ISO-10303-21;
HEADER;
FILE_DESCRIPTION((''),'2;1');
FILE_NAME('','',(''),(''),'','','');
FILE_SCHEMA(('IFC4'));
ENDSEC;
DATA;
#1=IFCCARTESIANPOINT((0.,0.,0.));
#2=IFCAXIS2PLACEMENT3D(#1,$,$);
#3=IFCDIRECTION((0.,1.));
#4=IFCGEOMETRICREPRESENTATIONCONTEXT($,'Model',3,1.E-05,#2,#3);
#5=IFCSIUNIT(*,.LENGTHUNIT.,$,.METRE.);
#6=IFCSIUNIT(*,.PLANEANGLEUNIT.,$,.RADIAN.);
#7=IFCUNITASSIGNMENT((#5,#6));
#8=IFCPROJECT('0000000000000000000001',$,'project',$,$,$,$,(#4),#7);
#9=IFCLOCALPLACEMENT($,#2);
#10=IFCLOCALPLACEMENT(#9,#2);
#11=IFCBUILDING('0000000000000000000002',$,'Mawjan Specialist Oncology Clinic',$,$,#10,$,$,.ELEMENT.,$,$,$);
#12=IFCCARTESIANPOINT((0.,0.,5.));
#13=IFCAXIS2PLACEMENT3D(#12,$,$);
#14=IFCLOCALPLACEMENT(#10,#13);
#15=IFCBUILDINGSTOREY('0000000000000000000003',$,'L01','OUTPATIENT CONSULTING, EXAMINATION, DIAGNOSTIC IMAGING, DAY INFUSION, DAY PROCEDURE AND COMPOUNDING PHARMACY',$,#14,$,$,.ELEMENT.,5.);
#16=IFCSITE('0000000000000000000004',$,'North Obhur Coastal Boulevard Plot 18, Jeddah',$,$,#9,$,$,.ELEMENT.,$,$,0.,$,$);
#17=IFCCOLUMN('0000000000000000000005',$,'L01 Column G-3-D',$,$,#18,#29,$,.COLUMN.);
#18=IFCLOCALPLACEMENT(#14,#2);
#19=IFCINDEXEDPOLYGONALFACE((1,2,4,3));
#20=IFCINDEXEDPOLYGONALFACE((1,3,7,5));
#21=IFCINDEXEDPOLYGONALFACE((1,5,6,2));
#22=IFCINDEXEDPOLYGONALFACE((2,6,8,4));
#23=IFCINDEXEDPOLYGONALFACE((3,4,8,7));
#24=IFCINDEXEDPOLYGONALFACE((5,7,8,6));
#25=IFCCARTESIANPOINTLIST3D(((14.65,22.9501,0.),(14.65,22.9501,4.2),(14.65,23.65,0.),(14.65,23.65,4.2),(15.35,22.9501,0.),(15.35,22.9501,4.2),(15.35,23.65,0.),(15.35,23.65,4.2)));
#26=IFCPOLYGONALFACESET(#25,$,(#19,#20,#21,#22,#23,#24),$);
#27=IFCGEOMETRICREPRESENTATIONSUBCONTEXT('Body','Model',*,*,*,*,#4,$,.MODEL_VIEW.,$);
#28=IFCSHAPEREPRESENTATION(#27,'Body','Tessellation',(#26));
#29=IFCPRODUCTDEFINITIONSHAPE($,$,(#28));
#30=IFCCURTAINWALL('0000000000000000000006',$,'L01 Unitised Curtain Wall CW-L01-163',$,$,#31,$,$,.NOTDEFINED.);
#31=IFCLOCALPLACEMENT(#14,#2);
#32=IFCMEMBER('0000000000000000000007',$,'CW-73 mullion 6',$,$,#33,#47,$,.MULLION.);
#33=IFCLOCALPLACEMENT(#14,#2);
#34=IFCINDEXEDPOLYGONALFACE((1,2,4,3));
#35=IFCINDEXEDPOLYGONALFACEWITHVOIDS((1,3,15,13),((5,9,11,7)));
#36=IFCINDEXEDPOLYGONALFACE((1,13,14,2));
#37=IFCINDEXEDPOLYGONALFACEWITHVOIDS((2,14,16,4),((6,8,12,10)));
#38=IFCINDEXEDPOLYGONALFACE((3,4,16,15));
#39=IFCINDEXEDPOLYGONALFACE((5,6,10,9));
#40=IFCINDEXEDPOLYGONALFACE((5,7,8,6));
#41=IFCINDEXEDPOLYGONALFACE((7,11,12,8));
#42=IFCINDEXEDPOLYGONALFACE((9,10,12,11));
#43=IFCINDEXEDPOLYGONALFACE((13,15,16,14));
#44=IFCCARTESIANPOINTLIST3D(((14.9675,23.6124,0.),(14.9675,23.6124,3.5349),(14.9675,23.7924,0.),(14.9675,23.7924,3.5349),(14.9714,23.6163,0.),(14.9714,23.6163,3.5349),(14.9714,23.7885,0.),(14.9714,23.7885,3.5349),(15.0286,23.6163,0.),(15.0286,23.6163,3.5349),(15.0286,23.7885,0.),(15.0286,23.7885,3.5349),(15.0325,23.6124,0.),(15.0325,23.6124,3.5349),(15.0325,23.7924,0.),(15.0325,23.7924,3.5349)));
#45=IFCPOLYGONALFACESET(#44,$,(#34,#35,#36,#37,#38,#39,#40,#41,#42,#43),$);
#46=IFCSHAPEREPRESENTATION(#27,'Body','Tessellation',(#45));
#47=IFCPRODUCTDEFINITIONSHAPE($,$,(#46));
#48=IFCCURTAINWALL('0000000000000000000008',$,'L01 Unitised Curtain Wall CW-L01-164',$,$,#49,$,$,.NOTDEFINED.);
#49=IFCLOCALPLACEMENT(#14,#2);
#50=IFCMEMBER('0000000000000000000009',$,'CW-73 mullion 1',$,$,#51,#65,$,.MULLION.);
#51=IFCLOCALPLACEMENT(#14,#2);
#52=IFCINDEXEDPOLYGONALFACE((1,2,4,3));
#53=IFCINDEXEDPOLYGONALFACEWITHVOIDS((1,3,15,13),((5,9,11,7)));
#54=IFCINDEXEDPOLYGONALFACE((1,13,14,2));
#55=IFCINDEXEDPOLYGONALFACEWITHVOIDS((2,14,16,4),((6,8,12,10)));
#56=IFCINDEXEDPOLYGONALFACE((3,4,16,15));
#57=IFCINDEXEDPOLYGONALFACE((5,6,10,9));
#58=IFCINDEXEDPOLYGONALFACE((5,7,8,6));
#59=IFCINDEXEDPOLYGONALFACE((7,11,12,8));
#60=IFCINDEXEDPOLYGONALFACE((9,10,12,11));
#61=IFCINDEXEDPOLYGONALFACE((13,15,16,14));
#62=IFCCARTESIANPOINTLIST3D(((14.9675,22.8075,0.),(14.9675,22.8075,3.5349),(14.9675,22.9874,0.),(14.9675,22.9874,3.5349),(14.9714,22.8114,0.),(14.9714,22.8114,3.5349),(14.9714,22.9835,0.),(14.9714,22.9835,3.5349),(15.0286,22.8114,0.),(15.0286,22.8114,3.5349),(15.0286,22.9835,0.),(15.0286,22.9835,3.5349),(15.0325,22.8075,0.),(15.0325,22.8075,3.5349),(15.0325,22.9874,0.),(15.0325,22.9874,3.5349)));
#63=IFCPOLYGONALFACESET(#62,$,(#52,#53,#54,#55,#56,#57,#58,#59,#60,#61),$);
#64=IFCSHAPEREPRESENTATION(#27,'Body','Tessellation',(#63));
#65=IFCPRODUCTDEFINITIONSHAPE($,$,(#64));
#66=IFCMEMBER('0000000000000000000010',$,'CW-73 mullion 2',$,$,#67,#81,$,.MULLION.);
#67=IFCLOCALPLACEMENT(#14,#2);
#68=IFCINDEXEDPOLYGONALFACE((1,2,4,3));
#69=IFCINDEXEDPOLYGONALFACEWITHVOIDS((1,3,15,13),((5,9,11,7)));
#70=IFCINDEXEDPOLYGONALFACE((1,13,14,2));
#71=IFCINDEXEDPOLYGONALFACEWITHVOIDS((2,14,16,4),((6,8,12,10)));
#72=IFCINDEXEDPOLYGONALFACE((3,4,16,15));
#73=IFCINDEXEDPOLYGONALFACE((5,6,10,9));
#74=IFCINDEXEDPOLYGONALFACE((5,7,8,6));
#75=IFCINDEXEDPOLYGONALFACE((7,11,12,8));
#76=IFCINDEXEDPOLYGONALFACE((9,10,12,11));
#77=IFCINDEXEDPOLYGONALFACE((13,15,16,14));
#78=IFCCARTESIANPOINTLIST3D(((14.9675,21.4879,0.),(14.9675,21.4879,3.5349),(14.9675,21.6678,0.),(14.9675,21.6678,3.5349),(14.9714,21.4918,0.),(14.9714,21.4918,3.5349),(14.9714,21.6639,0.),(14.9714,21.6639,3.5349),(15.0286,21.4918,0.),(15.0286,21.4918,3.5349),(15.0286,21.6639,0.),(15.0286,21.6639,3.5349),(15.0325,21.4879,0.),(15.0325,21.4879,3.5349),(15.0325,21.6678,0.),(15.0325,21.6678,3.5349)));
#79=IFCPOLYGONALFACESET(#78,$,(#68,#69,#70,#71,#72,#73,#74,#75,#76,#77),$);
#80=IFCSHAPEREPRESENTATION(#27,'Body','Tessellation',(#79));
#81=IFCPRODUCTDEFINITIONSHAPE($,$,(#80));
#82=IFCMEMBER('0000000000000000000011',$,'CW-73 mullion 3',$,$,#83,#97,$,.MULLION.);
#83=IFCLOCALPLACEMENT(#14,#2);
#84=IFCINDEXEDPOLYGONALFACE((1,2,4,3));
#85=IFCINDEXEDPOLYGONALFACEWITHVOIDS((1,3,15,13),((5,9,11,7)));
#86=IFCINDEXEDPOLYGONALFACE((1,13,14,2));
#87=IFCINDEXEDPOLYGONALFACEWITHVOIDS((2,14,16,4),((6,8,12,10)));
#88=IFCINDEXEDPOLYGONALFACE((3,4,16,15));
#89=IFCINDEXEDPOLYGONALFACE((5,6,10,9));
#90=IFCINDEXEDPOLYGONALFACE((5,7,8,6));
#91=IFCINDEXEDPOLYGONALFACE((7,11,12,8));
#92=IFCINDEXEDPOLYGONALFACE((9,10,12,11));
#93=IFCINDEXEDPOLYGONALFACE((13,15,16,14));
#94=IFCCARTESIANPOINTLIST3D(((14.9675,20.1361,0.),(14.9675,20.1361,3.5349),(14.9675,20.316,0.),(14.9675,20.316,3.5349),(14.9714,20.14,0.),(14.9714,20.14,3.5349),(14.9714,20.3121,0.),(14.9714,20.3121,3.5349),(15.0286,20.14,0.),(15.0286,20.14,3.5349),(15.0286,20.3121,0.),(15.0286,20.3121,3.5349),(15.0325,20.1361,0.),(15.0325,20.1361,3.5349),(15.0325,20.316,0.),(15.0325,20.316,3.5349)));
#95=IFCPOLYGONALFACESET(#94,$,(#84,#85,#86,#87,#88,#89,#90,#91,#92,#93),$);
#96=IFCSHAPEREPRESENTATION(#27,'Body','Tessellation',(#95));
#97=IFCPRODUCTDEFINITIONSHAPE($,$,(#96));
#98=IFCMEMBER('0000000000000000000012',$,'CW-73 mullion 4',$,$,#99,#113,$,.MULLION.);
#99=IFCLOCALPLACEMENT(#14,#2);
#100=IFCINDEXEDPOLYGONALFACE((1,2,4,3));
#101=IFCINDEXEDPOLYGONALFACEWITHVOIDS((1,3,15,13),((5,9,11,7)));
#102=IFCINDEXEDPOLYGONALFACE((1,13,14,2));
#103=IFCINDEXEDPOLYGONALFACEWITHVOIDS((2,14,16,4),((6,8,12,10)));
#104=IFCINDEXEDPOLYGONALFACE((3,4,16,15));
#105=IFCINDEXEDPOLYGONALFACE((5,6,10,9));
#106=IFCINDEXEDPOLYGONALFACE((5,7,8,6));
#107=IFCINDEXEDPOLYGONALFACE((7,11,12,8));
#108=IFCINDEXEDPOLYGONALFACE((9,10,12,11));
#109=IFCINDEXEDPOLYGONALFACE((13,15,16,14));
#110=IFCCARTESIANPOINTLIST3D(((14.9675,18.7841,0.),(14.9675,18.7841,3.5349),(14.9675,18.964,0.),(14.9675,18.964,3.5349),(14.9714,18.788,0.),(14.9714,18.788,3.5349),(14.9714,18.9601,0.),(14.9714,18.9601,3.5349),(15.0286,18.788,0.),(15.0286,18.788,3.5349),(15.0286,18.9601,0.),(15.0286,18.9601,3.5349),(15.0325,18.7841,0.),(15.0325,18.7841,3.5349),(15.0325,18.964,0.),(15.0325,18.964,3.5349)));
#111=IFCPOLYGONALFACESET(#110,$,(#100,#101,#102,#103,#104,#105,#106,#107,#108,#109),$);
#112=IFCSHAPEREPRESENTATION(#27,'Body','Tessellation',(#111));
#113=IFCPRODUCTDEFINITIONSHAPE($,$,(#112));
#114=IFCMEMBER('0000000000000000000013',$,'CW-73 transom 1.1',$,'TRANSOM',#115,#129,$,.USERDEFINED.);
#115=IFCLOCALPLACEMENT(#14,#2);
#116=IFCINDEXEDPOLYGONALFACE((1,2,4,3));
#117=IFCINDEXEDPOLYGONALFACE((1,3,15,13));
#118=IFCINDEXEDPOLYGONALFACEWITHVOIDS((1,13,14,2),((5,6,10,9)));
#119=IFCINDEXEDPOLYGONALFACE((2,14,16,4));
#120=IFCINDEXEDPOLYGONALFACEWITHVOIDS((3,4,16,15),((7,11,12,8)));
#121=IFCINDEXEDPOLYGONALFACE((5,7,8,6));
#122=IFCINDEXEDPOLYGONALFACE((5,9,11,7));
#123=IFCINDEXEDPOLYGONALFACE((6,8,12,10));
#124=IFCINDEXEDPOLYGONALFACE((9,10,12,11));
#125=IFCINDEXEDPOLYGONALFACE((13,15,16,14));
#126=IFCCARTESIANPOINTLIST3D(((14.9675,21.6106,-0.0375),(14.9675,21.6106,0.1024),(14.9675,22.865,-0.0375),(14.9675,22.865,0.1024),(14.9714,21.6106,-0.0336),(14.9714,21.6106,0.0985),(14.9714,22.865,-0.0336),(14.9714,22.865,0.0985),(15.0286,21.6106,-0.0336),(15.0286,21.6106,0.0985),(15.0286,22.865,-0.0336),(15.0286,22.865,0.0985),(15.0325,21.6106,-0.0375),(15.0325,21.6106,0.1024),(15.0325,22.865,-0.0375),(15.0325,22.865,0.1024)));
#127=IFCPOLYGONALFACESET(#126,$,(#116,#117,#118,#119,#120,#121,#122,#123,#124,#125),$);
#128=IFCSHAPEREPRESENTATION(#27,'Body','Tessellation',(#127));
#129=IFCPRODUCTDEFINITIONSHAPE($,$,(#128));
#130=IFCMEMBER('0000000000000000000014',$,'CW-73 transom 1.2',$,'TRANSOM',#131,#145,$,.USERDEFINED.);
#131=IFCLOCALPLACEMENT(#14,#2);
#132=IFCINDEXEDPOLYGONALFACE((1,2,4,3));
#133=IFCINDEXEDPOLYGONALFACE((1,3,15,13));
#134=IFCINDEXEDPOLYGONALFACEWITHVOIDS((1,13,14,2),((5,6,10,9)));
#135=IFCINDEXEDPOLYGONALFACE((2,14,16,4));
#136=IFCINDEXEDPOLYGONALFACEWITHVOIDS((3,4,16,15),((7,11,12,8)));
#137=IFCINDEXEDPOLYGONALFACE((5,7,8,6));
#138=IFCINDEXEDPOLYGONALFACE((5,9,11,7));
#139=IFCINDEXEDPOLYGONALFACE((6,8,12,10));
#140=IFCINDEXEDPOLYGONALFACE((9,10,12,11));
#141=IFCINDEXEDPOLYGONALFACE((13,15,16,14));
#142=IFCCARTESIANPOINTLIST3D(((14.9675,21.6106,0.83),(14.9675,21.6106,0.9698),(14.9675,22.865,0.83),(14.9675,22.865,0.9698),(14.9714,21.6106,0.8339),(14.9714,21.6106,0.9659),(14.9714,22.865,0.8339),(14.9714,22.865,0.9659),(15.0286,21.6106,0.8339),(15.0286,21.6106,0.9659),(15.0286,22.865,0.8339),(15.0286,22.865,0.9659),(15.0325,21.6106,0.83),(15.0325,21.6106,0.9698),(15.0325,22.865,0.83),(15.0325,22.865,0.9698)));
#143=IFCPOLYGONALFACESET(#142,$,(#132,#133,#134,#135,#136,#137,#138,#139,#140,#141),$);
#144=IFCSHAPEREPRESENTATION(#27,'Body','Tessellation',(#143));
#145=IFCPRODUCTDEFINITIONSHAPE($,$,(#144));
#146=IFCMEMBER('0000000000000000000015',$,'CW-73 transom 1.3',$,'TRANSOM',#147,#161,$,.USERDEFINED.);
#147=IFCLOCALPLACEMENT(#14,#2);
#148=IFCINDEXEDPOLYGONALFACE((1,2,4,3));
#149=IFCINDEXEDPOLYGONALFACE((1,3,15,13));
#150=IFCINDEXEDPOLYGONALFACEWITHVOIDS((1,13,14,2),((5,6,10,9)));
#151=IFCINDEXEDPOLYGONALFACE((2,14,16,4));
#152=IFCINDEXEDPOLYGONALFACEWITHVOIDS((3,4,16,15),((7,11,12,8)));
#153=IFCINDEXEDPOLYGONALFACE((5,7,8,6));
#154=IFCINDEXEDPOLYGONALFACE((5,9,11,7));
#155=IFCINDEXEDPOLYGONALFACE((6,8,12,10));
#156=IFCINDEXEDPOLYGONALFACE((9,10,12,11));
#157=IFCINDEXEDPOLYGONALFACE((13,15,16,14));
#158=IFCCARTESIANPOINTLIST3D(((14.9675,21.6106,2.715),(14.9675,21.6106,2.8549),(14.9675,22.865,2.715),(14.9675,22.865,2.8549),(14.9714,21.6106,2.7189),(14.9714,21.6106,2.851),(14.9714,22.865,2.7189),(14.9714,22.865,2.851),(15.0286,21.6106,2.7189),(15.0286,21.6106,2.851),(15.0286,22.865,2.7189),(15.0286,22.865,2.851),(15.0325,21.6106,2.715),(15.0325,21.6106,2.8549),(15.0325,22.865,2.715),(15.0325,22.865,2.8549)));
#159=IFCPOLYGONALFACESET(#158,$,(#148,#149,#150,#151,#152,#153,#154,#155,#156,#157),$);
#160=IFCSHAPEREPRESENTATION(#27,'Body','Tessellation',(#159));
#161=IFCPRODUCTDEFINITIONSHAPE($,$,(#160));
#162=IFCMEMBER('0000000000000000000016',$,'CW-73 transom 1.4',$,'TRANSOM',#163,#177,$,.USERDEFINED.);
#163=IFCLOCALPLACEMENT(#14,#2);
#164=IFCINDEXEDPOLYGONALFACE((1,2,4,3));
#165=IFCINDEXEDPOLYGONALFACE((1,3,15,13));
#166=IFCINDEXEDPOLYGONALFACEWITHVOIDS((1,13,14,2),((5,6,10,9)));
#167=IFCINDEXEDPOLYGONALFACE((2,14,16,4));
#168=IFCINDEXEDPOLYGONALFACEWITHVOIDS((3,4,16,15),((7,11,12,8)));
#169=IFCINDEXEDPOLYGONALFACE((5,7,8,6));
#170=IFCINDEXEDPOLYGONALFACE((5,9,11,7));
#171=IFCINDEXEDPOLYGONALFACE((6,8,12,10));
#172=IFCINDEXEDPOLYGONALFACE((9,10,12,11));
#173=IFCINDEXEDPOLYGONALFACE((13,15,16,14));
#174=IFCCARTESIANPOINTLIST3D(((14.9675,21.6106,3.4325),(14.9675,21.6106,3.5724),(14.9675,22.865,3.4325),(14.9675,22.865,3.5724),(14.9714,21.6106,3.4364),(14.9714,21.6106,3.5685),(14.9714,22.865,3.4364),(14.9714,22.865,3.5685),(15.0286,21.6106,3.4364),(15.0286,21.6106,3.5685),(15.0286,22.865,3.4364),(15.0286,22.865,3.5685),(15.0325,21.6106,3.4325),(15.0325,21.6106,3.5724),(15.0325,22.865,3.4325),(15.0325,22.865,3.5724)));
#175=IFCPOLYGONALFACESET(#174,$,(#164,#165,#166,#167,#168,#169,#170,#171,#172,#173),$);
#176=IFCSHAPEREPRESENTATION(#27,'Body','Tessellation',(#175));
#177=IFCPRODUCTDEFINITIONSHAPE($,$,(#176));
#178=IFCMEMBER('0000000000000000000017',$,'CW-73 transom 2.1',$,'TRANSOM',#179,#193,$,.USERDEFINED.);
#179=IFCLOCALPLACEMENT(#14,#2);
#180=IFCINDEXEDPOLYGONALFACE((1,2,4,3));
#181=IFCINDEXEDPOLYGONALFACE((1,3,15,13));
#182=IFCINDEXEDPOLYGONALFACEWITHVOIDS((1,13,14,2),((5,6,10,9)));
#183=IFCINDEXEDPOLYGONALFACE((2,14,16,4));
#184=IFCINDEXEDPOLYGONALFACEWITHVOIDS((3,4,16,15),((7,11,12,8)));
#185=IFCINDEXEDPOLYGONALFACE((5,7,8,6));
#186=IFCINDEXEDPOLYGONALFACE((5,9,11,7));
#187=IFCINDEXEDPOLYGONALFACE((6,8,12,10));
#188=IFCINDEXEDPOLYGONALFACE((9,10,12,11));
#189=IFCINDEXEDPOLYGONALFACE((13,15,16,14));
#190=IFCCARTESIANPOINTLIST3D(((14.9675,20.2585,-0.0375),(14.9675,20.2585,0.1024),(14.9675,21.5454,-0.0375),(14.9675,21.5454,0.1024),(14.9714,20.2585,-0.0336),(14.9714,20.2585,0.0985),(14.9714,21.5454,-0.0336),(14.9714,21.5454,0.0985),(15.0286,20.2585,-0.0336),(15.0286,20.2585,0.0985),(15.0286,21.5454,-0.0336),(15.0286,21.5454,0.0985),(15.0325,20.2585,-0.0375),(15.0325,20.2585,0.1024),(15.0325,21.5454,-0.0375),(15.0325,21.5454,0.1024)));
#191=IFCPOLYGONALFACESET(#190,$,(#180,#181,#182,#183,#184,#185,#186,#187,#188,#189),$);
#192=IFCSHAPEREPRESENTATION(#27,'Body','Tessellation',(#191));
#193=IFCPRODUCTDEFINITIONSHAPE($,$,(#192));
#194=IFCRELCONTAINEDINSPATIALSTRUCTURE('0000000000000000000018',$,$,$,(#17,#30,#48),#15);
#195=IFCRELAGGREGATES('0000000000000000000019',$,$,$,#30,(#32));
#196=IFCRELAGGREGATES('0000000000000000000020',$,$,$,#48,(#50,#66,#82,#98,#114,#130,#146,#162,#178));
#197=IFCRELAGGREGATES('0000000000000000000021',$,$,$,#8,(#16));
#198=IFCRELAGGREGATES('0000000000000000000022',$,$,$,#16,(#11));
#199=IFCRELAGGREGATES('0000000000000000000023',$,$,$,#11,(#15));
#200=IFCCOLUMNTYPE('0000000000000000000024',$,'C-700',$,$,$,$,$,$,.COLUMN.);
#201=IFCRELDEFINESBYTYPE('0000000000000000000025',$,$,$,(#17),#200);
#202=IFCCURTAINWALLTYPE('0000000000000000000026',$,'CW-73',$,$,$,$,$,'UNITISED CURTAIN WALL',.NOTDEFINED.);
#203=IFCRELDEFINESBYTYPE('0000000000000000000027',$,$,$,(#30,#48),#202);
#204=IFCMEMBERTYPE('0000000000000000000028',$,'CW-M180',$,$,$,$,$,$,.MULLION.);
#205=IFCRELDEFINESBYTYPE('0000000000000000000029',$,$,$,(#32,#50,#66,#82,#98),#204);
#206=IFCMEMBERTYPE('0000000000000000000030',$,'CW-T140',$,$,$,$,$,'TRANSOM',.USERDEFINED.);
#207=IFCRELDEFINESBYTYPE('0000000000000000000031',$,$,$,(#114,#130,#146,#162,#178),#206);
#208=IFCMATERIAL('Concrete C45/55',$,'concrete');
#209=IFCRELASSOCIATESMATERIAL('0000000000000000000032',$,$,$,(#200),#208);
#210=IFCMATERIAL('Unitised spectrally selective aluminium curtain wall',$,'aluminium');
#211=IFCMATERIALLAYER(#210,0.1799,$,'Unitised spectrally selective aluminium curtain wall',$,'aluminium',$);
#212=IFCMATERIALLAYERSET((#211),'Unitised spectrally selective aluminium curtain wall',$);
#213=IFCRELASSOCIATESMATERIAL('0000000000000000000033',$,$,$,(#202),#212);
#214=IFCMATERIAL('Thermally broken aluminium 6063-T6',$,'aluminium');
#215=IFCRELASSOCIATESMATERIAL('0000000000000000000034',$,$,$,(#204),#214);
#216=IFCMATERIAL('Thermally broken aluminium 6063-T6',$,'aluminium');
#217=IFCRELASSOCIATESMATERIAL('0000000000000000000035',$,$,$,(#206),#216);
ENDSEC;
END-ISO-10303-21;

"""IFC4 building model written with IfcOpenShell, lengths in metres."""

from ifc_helpers import new_model, si_unit, direction, frame, origin, origin_2d, place, context, subcontext, project, spatial, rectangle, hollow_rectangle, extrude, material, layer, layer_set, material_profile, profile_set, type_object, element, aggregate, save


model = new_model("IFC4")

# Units and contexts
model_context = context("Model", 3, precision=1e-05, world=origin(), true_north=direction((0.0, 1.0)))
body_context = subcontext(model_context, "Body", "Model", "MODEL_VIEW")
ifc_project = project(units=[si_unit("LENGTHUNIT", "METRE"), si_unit("PLANEANGLEUNIT", "RADIAN")], contexts=[model_context])

# Site, building, storey
site_placement = place(None, origin())
site = spatial("IfcSite", under=ifc_project, at=site_placement, Name="North Obhur Coastal Boulevard Plot 18, Jeddah", CompositionType="ELEMENT", RefElevation=0.0)
building_placement = place(site_placement, origin())
building = spatial("IfcBuilding", under=site, at=building_placement, Name="Mawjan Specialist Oncology Clinic", CompositionType="ELEMENT")
storey_placement = place(building_placement, frame((0.0, 0.0, 5.0)))
storey = spatial("IfcBuildingStorey", under=building, at=storey_placement, Name="L01", Description="OUTPATIENT CONSULTING, EXAMINATION, DIAGNOSTIC IMAGING, DAY INFUSION, DAY PROCEDURE AND COMPOUNDING PHARMACY", CompositionType="ELEMENT", Elevation=5.0)

# Column
ifc_material_1 = material(Name="Concrete C45/55", Category="concrete")
ifc_material_profile_1 = material_profile(ifc_material_1, rectangle(XDim=0.7, YDim=0.7, at=origin_2d()), Name="RC COL 700x700", Category="concrete")
ifc_profile_set_1 = profile_set([ifc_material_profile_1], Name="Concrete C45/55")
column_type = type_object("IfcColumnType", Name="C-700", PredefinedType="COLUMN", material=ifc_profile_set_1)
column_placement = place(storey_placement, frame((15.0, 23.3, 0.0), z_axis=(0.0, 0.0, 1.0), x_axis=(1.0, 0.0, 0.0)))
element("IfcColumn", 1, at=column_placement, inside=storey, type_object=column_type, Name="L01 Column G-3-D", PredefinedType="COLUMN", context=body_context, shape_type="SweptSolid", body=[
    extrude(rectangle(XDim=0.7, YDim=0.7, at=origin_2d()), origin(), (0.0, 0.0, 1.0), 4.2),
])

# Curtain wall, member
ifc_material_2 = material(Name="Unitised spectrally selective aluminium curtain wall", Category="aluminium")
ifc_layer_1 = layer(ifc_material_2, 0.1799, Name="Unitised spectrally selective aluminium curtain wall", Category="aluminium")
ifc_layer_set_1 = layer_set([ifc_layer_1], Name="Unitised spectrally selective aluminium curtain wall")
curtain_wall_type = type_object("IfcCurtainWallType", Name="CW-73", ElementType="UNITISED CURTAIN WALL", PredefinedType="NOTDEFINED", material=ifc_layer_set_1)
curtain_wall_1_placement = place(storey_placement, origin())
curtain_wall_1 = element("IfcCurtainWall", 2, at=curtain_wall_1_placement, inside=storey, type_object=curtain_wall_type, Name="L01 Unitised Curtain Wall CW-L01-163", PredefinedType="NOTDEFINED")
ifc_material_3 = material(Name="Thermally broken aluminium 6063-T6", Category="aluminium")
ifc_material_profile_2 = material_profile(ifc_material_3, hollow_rectangle(XDim=0.0649, YDim=0.1799, WallThickness=0.0039, at=origin_2d()), Name="ALU MULLION 180x65x4", Category="aluminium")
ifc_profile_set_2 = profile_set([ifc_material_profile_2], Name="Thermally broken aluminium 6063-T6")
member_type_1 = type_object("IfcMemberType", Name="CW-M180", PredefinedType="MULLION", material=ifc_profile_set_2)
member_1_placement = place(storey_placement, frame((15.0, 23.7024, 0.0), z_axis=(0.0, 0.0, 1.0), x_axis=(1.0, 0.0, 0.0)))
member_1 = element("IfcMember", 3, at=member_1_placement, type_object=member_type_1, Name="CW-73 mullion 6", PredefinedType="MULLION", context=body_context, shape_type="SweptSolid", body=[
    extrude(hollow_rectangle(XDim=0.0649, YDim=0.1799, WallThickness=0.0039, at=origin_2d()), origin(), (0.0, 0.0, 1.0), 3.5349),
])

# Curtain wall, members
curtain_wall_2_placement = place(storey_placement, origin())
curtain_wall_2 = element("IfcCurtainWall", 4, at=curtain_wall_2_placement, inside=storey, type_object=curtain_wall_type, Name="L01 Unitised Curtain Wall CW-L01-164", PredefinedType="NOTDEFINED")
member_2_placement = place(storey_placement, frame((15.0, 22.8975, 0.0), z_axis=(0.0, 0.0, 1.0), x_axis=(1.0, 0.0, 0.0)))
member_2 = element("IfcMember", 5, at=member_2_placement, type_object=member_type_1, Name="CW-73 mullion 1", PredefinedType="MULLION", context=body_context, shape_type="SweptSolid", body=[
    extrude(hollow_rectangle(XDim=0.0649, YDim=0.1799, WallThickness=0.0039, at=origin_2d()), origin(), (0.0, 0.0, 1.0), 3.5349),
])
member_3_placement = place(storey_placement, frame((15.0, 21.5779, 0.0), z_axis=(0.0, 0.0, 1.0), x_axis=(1.0, 0.0, 0.0)))
member_3 = element("IfcMember", 6, at=member_3_placement, type_object=member_type_1, Name="CW-73 mullion 2", PredefinedType="MULLION", context=body_context, shape_type="SweptSolid", body=[
    extrude(hollow_rectangle(XDim=0.0649, YDim=0.1799, WallThickness=0.0039, at=origin_2d()), origin(), (0.0, 0.0, 1.0), 3.5349),
])
member_4_placement = place(storey_placement, frame((15.0, 20.2261, 0.0), z_axis=(0.0, 0.0, 1.0), x_axis=(1.0, 0.0, 0.0)))
member_4 = element("IfcMember", 7, at=member_4_placement, type_object=member_type_1, Name="CW-73 mullion 3", PredefinedType="MULLION", context=body_context, shape_type="SweptSolid", body=[
    extrude(hollow_rectangle(XDim=0.0649, YDim=0.1799, WallThickness=0.0039, at=origin_2d()), origin(), (0.0, 0.0, 1.0), 3.5349),
])
member_5_placement = place(storey_placement, frame((15.0, 18.874, 0.0), z_axis=(0.0, 0.0, 1.0), x_axis=(1.0, 0.0, 0.0)))
member_5 = element("IfcMember", 8, at=member_5_placement, type_object=member_type_1, Name="CW-73 mullion 4", PredefinedType="MULLION", context=body_context, shape_type="SweptSolid", body=[
    extrude(hollow_rectangle(XDim=0.0649, YDim=0.1799, WallThickness=0.0039, at=origin_2d()), origin(), (0.0, 0.0, 1.0), 3.5349),
])
ifc_material_4 = material(Name="Thermally broken aluminium 6063-T6", Category="aluminium")
ifc_material_profile_3 = material_profile(ifc_material_4, hollow_rectangle(XDim=0.0649, YDim=0.1399, WallThickness=0.0039, at=origin_2d()), Name="ALU TRANSOM 140x65x4", Category="aluminium")
ifc_profile_set_3 = profile_set([ifc_material_profile_3], Name="Thermally broken aluminium 6063-T6")
member_type_2 = type_object("IfcMemberType", Name="CW-T140", ElementType="TRANSOM", PredefinedType="USERDEFINED", material=ifc_profile_set_3)
member_6_placement = place(storey_placement, frame((15.0, 22.865, 0.0325), z_axis=(0.0, -1.0, 0.0), x_axis=(1.0, 0.0, 0.0)))
member_6 = element("IfcMember", 9, at=member_6_placement, type_object=member_type_2, Name="CW-73 transom 1.1", ObjectType="TRANSOM", PredefinedType="USERDEFINED", context=body_context, shape_type="SweptSolid", body=[
    extrude(hollow_rectangle(XDim=0.0649, YDim=0.1399, WallThickness=0.0039, at=origin_2d()), origin(), (0.0, 0.0, 1.0), 1.2544),
])
member_7_placement = place(storey_placement, frame((15.0, 22.865, 0.8999), z_axis=(0.0, -1.0, 0.0), x_axis=(1.0, 0.0, 0.0)))
member_7 = element("IfcMember", 10, at=member_7_placement, type_object=member_type_2, Name="CW-73 transom 1.2", ObjectType="TRANSOM", PredefinedType="USERDEFINED", context=body_context, shape_type="SweptSolid", body=[
    extrude(hollow_rectangle(XDim=0.0649, YDim=0.1399, WallThickness=0.0039, at=origin_2d()), origin(), (0.0, 0.0, 1.0), 1.2544),
])
member_8_placement = place(storey_placement, frame((15.0, 22.865, 2.7849), z_axis=(0.0, -1.0, 0.0), x_axis=(1.0, 0.0, 0.0)))
member_8 = element("IfcMember", 11, at=member_8_placement, type_object=member_type_2, Name="CW-73 transom 1.3", ObjectType="TRANSOM", PredefinedType="USERDEFINED", context=body_context, shape_type="SweptSolid", body=[
    extrude(hollow_rectangle(XDim=0.0649, YDim=0.1399, WallThickness=0.0039, at=origin_2d()), origin(), (0.0, 0.0, 1.0), 1.2544),
])
member_9_placement = place(storey_placement, frame((15.0, 22.865, 3.5024), z_axis=(0.0, -1.0, 0.0), x_axis=(1.0, 0.0, 0.0)))
member_9 = element("IfcMember", 12, at=member_9_placement, type_object=member_type_2, Name="CW-73 transom 1.4", ObjectType="TRANSOM", PredefinedType="USERDEFINED", context=body_context, shape_type="SweptSolid", body=[
    extrude(hollow_rectangle(XDim=0.0649, YDim=0.1399, WallThickness=0.0039, at=origin_2d()), origin(), (0.0, 0.0, 1.0), 1.2544),
])
member_10_placement = place(storey_placement, frame((15.0, 21.5454, 0.0325), z_axis=(0.0, -1.0, 0.0), x_axis=(1.0, 0.0, 0.0)))
member_10 = element("IfcMember", 13, at=member_10_placement, type_object=member_type_2, Name="CW-73 transom 2.1", ObjectType="TRANSOM", PredefinedType="USERDEFINED", context=body_context, shape_type="SweptSolid", body=[
    extrude(hollow_rectangle(XDim=0.0649, YDim=0.1399, WallThickness=0.0039, at=origin_2d()), origin(), (0.0, 0.0, 1.0), 1.2869),
])

aggregate(curtain_wall_1, [member_1])
aggregate(curtain_wall_2, [member_2, member_3, member_4, member_5, member_6, member_7, member_8, member_9, member_10])

save(model, "model.ifc")
